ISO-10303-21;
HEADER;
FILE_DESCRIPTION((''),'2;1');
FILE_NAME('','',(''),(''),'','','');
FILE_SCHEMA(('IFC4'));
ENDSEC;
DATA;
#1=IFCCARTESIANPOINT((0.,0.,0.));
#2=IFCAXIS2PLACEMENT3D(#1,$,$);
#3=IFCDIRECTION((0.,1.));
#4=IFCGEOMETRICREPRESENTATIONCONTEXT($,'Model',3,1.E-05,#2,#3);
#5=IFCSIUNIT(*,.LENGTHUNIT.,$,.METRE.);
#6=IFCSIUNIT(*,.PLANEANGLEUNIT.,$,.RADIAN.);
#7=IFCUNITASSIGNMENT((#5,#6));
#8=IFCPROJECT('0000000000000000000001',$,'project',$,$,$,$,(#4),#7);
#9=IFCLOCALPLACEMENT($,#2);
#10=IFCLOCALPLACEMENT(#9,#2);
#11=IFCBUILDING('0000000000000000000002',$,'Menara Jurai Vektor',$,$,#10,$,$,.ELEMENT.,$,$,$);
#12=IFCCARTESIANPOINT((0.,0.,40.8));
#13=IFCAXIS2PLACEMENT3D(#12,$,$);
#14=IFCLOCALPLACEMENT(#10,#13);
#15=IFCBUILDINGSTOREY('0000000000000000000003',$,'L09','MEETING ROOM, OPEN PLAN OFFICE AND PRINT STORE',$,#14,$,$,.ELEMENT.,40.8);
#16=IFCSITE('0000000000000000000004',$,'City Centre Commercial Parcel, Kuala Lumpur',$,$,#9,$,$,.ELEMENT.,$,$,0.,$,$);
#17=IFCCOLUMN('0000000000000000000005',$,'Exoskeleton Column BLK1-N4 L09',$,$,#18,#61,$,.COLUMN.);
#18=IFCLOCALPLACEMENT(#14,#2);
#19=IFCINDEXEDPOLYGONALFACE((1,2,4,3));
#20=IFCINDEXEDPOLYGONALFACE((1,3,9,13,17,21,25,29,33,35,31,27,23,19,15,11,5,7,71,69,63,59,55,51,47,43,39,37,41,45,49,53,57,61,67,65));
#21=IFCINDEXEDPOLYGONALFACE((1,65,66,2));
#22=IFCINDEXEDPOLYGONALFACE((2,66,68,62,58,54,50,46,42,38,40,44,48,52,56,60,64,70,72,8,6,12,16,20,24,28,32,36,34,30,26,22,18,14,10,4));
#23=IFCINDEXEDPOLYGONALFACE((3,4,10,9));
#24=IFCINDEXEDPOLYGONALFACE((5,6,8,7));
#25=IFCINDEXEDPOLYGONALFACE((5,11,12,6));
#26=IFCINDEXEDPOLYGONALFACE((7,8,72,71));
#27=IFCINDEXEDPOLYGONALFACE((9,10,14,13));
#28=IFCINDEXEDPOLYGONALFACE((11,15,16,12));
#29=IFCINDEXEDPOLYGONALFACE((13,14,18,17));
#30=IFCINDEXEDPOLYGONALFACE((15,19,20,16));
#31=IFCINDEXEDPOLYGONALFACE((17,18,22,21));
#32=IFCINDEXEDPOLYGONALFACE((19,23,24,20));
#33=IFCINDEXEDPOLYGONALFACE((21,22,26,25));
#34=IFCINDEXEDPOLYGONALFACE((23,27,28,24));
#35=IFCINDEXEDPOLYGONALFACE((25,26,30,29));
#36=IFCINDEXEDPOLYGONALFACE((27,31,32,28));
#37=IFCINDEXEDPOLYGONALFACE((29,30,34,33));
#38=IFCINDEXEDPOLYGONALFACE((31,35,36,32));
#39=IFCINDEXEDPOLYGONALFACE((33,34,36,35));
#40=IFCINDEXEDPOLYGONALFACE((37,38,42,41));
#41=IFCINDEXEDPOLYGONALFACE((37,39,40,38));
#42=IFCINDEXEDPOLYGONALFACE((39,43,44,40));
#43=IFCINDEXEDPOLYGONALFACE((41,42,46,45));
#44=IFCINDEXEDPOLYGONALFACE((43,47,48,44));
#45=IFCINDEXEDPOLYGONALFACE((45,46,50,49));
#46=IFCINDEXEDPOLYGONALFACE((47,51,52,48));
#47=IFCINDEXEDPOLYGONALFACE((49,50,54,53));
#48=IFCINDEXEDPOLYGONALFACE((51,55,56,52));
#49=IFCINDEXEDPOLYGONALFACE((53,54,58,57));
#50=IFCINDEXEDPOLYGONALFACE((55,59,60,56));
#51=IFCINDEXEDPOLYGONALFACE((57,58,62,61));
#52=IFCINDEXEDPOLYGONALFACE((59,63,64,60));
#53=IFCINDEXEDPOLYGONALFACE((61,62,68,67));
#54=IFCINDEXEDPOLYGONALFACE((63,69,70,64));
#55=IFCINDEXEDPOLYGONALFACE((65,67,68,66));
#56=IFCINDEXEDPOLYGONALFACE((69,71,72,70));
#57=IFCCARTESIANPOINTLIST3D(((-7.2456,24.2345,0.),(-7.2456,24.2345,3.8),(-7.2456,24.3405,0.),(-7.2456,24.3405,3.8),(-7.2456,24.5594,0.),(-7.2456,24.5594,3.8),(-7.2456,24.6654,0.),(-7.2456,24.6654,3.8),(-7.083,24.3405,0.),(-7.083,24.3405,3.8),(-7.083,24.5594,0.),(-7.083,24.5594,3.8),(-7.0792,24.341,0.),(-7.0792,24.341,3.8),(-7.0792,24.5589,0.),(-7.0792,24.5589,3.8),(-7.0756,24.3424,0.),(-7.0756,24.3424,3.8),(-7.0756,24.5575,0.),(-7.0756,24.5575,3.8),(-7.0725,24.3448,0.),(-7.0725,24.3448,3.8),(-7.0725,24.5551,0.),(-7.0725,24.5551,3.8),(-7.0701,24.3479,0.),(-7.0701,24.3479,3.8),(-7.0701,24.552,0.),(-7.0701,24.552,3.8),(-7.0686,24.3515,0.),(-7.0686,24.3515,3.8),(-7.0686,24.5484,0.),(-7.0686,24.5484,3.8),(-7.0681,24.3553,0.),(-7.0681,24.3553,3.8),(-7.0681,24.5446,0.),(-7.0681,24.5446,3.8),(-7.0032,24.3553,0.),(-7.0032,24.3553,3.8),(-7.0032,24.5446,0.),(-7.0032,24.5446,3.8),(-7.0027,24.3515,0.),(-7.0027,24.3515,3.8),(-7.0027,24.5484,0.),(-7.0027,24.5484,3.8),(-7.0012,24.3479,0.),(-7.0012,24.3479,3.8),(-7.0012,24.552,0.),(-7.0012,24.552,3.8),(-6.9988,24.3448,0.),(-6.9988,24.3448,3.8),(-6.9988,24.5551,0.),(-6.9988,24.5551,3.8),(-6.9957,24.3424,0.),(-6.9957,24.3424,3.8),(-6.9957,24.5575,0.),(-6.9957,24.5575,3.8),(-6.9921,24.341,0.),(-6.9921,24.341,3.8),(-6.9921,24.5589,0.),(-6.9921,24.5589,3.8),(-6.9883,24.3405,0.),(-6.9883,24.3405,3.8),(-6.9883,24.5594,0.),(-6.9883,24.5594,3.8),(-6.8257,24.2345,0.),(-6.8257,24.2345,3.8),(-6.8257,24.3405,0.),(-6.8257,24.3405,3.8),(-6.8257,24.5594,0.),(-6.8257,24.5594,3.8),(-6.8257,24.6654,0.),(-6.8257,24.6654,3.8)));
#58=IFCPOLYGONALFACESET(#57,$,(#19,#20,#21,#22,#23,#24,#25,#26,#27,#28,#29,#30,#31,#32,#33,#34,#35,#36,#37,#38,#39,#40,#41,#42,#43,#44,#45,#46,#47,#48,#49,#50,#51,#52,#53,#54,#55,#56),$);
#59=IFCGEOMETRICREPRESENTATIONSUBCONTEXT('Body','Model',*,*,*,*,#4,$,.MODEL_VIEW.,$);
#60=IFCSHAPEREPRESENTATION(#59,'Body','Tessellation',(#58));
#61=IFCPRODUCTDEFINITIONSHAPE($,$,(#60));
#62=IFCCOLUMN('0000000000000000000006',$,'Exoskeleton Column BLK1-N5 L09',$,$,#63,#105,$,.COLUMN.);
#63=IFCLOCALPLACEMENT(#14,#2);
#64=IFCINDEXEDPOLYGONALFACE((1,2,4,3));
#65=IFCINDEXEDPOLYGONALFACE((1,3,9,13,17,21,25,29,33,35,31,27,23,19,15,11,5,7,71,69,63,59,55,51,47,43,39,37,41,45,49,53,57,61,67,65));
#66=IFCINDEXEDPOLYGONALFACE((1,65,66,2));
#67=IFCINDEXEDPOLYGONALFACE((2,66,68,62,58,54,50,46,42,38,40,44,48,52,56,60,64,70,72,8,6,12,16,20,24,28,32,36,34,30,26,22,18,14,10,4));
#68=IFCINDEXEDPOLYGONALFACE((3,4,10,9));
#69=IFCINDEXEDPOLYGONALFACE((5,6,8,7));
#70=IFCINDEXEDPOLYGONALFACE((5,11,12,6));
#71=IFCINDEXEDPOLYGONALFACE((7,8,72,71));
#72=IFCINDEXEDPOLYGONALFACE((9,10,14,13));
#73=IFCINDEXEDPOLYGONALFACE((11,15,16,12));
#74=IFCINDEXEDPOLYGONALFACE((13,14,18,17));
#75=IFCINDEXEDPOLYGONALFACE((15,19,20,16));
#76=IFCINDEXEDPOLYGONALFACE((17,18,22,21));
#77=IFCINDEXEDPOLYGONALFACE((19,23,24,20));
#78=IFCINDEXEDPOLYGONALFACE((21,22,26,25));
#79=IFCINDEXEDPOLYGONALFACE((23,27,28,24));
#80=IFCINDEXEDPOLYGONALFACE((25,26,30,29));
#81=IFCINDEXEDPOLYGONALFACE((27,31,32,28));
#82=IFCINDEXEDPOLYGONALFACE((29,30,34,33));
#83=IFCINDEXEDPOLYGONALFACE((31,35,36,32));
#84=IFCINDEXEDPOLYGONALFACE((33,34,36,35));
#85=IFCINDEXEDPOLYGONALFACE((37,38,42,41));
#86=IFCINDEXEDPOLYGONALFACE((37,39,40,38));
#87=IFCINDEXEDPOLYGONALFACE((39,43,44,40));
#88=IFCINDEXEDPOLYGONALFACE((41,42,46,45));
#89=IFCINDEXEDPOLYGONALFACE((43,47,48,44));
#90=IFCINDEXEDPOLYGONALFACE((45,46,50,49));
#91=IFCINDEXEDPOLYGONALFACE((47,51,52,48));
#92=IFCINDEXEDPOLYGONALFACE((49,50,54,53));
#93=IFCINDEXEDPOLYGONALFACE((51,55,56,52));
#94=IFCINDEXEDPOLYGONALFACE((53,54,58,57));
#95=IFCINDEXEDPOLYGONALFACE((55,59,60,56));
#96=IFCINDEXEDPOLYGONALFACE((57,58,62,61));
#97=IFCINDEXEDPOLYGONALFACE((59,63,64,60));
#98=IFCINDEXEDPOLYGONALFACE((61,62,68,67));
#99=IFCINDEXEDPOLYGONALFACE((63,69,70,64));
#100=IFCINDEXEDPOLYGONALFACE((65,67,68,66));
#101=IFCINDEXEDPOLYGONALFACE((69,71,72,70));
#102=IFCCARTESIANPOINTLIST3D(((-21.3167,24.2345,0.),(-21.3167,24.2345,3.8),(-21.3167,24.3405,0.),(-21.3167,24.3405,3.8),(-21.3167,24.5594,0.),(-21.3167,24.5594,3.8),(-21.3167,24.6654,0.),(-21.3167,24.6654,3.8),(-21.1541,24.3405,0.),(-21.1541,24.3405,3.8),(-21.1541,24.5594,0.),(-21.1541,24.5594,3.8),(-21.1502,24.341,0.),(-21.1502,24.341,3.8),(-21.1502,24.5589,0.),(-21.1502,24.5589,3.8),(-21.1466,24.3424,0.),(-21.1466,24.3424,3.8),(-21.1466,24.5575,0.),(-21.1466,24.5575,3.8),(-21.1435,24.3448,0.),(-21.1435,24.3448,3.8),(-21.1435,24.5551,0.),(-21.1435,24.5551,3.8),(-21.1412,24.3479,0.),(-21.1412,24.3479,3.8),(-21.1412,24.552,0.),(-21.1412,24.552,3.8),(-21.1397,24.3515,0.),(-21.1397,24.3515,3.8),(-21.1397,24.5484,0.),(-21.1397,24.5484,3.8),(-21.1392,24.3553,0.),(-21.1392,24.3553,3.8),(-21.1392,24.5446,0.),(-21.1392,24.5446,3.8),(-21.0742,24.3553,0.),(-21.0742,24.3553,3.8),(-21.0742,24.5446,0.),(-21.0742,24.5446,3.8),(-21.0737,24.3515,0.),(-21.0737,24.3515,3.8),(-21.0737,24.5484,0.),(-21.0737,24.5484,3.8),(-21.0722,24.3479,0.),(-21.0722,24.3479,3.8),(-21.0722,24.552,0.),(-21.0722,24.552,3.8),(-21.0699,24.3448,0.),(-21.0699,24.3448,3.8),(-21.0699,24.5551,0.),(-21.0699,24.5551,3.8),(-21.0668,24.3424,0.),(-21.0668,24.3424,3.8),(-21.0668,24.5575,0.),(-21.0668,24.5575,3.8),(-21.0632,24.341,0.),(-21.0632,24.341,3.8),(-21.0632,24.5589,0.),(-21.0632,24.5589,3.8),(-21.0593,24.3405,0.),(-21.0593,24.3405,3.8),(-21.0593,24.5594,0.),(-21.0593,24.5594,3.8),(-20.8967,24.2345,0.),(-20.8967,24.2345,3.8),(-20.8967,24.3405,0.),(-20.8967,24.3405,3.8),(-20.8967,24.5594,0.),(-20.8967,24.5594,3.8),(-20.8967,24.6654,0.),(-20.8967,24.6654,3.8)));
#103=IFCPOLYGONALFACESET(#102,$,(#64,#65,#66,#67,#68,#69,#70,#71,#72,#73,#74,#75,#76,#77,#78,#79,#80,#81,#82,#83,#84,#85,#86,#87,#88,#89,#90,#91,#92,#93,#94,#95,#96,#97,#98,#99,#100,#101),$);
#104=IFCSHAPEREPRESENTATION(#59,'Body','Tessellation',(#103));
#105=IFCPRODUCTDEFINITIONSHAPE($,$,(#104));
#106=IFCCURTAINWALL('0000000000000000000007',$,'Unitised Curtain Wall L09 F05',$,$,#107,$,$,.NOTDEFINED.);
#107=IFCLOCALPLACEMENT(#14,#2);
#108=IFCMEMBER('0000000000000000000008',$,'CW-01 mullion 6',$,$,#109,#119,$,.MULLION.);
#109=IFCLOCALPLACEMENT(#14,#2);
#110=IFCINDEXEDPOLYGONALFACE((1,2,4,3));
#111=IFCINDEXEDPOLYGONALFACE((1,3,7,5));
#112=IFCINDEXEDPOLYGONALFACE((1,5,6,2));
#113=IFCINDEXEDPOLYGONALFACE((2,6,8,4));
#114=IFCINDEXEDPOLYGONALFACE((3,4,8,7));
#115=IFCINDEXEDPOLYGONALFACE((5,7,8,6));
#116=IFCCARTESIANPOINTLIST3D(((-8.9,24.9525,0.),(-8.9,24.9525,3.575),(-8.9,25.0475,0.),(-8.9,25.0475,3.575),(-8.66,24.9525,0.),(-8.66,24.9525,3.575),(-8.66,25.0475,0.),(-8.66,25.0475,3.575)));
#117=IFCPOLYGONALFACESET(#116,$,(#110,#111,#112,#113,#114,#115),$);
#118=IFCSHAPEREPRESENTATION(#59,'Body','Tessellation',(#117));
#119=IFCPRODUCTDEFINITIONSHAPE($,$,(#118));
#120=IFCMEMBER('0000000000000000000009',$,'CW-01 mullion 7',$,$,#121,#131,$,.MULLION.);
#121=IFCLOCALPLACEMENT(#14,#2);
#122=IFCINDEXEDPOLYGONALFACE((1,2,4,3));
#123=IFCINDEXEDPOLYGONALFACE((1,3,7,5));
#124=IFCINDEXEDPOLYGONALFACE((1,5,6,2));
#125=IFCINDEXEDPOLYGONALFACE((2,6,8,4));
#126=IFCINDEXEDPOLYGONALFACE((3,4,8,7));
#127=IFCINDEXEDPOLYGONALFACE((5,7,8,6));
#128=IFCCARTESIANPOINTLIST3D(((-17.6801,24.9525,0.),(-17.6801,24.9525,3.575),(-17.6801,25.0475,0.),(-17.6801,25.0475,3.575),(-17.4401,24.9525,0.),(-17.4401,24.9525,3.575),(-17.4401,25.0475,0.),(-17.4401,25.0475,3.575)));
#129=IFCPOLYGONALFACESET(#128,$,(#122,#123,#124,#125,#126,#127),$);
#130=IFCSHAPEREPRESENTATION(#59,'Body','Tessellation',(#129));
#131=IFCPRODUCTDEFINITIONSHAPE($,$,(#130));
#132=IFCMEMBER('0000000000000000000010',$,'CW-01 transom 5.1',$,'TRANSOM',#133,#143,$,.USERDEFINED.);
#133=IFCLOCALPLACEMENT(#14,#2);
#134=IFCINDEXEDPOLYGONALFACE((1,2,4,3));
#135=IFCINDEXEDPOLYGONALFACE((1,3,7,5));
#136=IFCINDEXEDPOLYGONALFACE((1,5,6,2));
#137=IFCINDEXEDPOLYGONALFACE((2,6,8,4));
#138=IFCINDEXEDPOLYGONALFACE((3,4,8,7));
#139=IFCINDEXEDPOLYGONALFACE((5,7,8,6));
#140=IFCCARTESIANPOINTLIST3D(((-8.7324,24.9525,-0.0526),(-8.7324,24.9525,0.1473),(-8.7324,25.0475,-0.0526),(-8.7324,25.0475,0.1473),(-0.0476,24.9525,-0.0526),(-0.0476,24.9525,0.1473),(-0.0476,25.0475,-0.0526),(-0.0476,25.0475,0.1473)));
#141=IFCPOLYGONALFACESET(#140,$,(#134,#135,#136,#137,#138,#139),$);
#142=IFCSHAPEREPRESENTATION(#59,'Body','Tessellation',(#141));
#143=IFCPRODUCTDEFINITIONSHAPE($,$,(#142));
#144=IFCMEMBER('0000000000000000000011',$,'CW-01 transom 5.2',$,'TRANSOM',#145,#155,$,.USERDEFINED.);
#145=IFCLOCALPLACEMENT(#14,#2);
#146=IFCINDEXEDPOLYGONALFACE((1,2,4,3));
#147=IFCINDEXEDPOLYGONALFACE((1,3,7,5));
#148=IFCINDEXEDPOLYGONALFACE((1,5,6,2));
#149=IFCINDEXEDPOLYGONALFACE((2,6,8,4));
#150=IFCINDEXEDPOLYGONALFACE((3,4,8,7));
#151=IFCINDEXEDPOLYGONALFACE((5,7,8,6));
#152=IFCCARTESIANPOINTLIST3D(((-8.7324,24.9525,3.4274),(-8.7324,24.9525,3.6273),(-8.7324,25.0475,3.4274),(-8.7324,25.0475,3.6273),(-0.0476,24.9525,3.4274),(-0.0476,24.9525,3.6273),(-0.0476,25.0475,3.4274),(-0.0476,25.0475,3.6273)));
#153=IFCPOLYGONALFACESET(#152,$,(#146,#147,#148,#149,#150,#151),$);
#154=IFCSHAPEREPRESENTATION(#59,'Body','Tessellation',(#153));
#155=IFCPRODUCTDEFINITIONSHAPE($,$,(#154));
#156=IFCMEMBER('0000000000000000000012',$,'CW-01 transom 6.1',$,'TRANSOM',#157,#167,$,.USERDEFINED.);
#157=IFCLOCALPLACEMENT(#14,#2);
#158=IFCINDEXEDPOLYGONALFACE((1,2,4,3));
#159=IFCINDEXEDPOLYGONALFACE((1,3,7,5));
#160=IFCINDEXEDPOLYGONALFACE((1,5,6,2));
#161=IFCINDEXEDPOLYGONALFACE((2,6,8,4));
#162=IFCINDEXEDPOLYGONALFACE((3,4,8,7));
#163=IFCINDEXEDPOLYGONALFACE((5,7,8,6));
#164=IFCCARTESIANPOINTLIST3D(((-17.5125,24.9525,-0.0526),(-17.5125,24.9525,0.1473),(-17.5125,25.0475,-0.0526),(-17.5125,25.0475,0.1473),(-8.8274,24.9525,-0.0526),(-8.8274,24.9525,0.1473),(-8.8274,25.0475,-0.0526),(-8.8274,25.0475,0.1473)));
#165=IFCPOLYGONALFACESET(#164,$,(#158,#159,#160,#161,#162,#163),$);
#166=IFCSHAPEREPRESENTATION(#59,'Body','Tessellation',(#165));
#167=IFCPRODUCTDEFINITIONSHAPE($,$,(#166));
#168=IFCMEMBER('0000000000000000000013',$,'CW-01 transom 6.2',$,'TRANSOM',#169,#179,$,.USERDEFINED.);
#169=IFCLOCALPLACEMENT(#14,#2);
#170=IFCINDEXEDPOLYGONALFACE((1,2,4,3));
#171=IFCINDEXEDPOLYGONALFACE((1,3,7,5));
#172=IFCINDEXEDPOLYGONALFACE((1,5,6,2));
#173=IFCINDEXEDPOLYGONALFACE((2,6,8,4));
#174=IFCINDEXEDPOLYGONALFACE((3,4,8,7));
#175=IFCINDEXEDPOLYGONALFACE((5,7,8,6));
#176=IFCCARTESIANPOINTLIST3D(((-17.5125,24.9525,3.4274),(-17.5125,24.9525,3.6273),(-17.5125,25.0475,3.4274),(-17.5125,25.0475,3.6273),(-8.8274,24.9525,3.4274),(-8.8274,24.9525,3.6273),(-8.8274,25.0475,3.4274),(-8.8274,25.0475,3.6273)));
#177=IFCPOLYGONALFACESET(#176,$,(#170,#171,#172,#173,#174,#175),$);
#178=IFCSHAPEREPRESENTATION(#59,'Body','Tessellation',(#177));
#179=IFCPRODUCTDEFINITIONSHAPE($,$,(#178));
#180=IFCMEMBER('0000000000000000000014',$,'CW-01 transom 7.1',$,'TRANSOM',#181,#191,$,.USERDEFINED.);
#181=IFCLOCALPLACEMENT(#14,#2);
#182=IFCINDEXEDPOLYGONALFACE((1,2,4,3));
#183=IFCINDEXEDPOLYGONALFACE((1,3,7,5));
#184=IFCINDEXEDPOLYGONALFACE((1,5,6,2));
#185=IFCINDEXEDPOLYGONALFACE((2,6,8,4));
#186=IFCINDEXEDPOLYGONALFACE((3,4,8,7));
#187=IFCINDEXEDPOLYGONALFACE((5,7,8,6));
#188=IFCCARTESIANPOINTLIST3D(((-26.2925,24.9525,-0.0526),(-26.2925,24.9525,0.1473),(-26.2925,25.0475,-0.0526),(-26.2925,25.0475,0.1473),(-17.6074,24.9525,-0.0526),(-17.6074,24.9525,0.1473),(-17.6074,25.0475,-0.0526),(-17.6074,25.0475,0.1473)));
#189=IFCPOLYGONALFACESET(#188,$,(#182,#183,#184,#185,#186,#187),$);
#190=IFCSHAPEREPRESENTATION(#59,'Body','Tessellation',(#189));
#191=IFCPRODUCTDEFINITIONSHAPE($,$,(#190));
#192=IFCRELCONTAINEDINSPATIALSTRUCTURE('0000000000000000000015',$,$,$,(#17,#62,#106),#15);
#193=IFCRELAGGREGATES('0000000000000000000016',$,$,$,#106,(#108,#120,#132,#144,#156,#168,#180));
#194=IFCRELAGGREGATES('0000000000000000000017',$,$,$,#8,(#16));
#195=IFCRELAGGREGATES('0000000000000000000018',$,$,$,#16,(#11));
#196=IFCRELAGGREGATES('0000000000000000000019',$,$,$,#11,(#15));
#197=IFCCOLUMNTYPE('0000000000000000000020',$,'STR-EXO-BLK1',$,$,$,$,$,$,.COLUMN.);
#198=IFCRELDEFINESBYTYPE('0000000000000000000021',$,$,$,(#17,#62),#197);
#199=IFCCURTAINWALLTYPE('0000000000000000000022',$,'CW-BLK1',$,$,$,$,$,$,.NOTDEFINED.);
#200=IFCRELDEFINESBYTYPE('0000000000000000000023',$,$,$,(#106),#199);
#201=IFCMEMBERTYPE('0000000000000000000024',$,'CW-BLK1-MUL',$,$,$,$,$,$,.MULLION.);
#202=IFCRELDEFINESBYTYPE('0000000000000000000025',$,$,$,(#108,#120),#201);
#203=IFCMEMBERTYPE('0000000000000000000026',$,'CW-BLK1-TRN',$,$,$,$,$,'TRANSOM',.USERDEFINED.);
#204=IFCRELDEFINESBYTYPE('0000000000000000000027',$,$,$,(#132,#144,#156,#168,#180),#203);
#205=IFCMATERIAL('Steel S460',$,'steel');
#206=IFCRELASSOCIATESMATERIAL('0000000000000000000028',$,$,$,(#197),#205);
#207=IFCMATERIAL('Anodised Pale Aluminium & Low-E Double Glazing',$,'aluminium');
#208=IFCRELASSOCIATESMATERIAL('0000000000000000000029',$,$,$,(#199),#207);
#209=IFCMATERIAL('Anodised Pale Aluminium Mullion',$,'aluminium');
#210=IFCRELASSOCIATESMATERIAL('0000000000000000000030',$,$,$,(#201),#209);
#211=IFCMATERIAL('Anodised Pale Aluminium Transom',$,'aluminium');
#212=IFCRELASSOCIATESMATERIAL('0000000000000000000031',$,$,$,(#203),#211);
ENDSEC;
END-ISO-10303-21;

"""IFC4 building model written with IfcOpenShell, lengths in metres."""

from ifc_helpers import new_model, si_unit, direction, frame, origin, origin_2d, place, context, subcontext, project, spatial, rectangle, i_section, extrude, material, material_profile, profile_set, type_object, element, aggregate, save


model = new_model("IFC4")

# Units and contexts
model_context = context("Model", 3, precision=1e-05, world=origin(), true_north=direction((0.0, 1.0)))
body_context = subcontext(model_context, "Body", "Model", "MODEL_VIEW")
ifc_project = project(units=[si_unit("LENGTHUNIT", "METRE"), si_unit("PLANEANGLEUNIT", "RADIAN")], contexts=[model_context])

# Site, building, storey
site_placement = place(None, origin())
site = spatial("IfcSite", under=ifc_project, at=site_placement, Name="City Centre Commercial Parcel, Kuala Lumpur", CompositionType="ELEMENT", RefElevation=0.0)
building_placement = place(site_placement, origin())
building = spatial("IfcBuilding", under=site, at=building_placement, Name="Menara Jurai Vektor", CompositionType="ELEMENT")
storey_placement = place(building_placement, frame((0.0, 0.0, 40.8)))
storey = spatial("IfcBuildingStorey", under=building, at=storey_placement, Name="L09", Description="MEETING ROOM, OPEN PLAN OFFICE AND PRINT STORE", CompositionType="ELEMENT", Elevation=40.8)

# Columns
ifc_material_1 = material(Name="Steel S460", Category="steel")
ifc_material_profile_1 = material_profile(ifc_material_1, i_section(OverallWidth=0.4199, OverallDepth=0.4309, WebThickness=0.0649, FlangeThickness=0.106, FilletRadius=0.0149, at=origin_2d()), Name="HD 400x900")
ifc_profile_set_1 = profile_set([ifc_material_profile_1], Name="Steel S460")
column_type = type_object("IfcColumnType", Name="STR-EXO-BLK1", PredefinedType="COLUMN", material=ifc_profile_set_1)
for number, where, z_axis, x_axis, name in (
    (1, (-7.0356, 24.45, 0.0), (0.0, 0.0, 1.0), (1.0, 0.0, 0.0), "Exoskeleton Column BLK1-N4 L09"),
    (2, (-21.1067, 24.45, 0.0), (0.0, 0.0, 1.0), (1.0, 0.0, 0.0), "Exoskeleton Column BLK1-N5 L09"),
):
    element("IfcColumn", number, at=place(storey_placement, frame(where, z_axis=z_axis, x_axis=x_axis)), inside=storey, type_object=column_type, Name=name, PredefinedType="COLUMN", context=body_context, shape_type="SweptSolid", body=[
        extrude(i_section(OverallWidth=0.4199, OverallDepth=0.4309, WebThickness=0.0649, FlangeThickness=0.106, FilletRadius=0.0149, at=origin_2d()), origin(), (0.0, 0.0, 1.0), 3.8),
    ])

# Curtain wall, members
ifc_material_2 = material(Name="Anodised Pale Aluminium & Low-E Double Glazing", Category="aluminium")
curtain_wall_type = type_object("IfcCurtainWallType", Name="CW-BLK1", PredefinedType="NOTDEFINED", material=ifc_material_2)
curtain_wall_placement = place(storey_placement, origin())
curtain_wall = element("IfcCurtainWall", 3, at=curtain_wall_placement, inside=storey, type_object=curtain_wall_type, Name="Unitised Curtain Wall L09 F05", PredefinedType="NOTDEFINED")
ifc_material_3 = material(Name="Anodised Pale Aluminium Mullion", Category="aluminium")
ifc_material_profile_2 = material_profile(ifc_material_3, rectangle(XDim=0.095, YDim=0.24, at=origin_2d()), Name="ALU MUL 95x240")
ifc_profile_set_2 = profile_set([ifc_material_profile_2], Name="Anodised Pale Aluminium Mullion")
member_type_1 = type_object("IfcMemberType", Name="CW-BLK1-MUL", PredefinedType="MULLION", material=ifc_profile_set_2)
member_1_placement = place(storey_placement, frame((-8.78, 25.0, 0.0), z_axis=(0.0, 0.0, 1.0), x_axis=(0.0, -1.0, 0.0)))
member_1 = element("IfcMember", 4, at=member_1_placement, type_object=member_type_1, Name="CW-01 mullion 6", PredefinedType="MULLION", context=body_context, shape_type="SweptSolid", body=[
    extrude(rectangle(XDim=0.095, YDim=0.24, at=origin_2d()), origin(), (0.0, 0.0, 1.0), 3.575),
])
member_2_placement = place(storey_placement, frame((-17.5601, 25.0, 0.0), z_axis=(0.0, 0.0, 1.0), x_axis=(0.0, -1.0, 0.0)))
member_2 = element("IfcMember", 5, at=member_2_placement, type_object=member_type_1, Name="CW-01 mullion 7", PredefinedType="MULLION", context=body_context, shape_type="SweptSolid", body=[
    extrude(rectangle(XDim=0.095, YDim=0.24, at=origin_2d()), origin(), (0.0, 0.0, 1.0), 3.575),
])
ifc_material_4 = material(Name="Anodised Pale Aluminium Transom", Category="aluminium")
ifc_material_profile_3 = material_profile(ifc_material_4, rectangle(XDim=0.095, YDim=0.2, at=origin_2d()), Name="ALU TRN 95x200")
ifc_profile_set_3 = profile_set([ifc_material_profile_3], Name="Anodised Pale Aluminium Transom")
member_type_2 = type_object("IfcMemberType", Name="CW-BLK1-TRN", ElementType="TRANSOM", PredefinedType="USERDEFINED", material=ifc_profile_set_3)
member_3_placement = place(storey_placement, frame((-0.0476, 25.0, 0.0474), z_axis=(-1.0, 0.0, 0.0), x_axis=(0.0, -1.0, 0.0)))
member_3 = element("IfcMember", 6, at=member_3_placement, type_object=member_type_2, Name="CW-01 transom 5.1", ObjectType="TRANSOM", PredefinedType="USERDEFINED", context=body_context, shape_type="SweptSolid", body=[
    extrude(rectangle(XDim=0.095, YDim=0.2, at=origin_2d()), origin(), (0.0, 0.0, 1.0), 8.6848),
])
member_4_placement = place(storey_placement, frame((-0.0476, 25.0, 3.5273), z_axis=(-1.0, 0.0, 0.0), x_axis=(0.0, -1.0, 0.0)))
member_4 = element("IfcMember", 7, at=member_4_placement, type_object=member_type_2, Name="CW-01 transom 5.2", ObjectType="TRANSOM", PredefinedType="USERDEFINED", context=body_context, shape_type="SweptSolid", body=[
    extrude(rectangle(XDim=0.095, YDim=0.2, at=origin_2d()), origin(), (0.0, 0.0, 1.0), 8.6848),
])
member_5_placement = place(storey_placement, frame((-8.8274, 25.0, 0.0474), z_axis=(-1.0, 0.0, 0.0), x_axis=(0.0, -1.0, 0.0)))
member_5 = element("IfcMember", 8, at=member_5_placement, type_object=member_type_2, Name="CW-01 transom 6.1", ObjectType="TRANSOM", PredefinedType="USERDEFINED", context=body_context, shape_type="SweptSolid", body=[
    extrude(rectangle(XDim=0.095, YDim=0.2, at=origin_2d()), origin(), (0.0, 0.0, 1.0), 8.6851),
])
member_6_placement = place(storey_placement, frame((-8.8274, 25.0, 3.5273), z_axis=(-1.0, 0.0, 0.0), x_axis=(0.0, -1.0, 0.0)))
member_6 = element("IfcMember", 9, at=member_6_placement, type_object=member_type_2, Name="CW-01 transom 6.2", ObjectType="TRANSOM", PredefinedType="USERDEFINED", context=body_context, shape_type="SweptSolid", body=[
    extrude(rectangle(XDim=0.095, YDim=0.2, at=origin_2d()), origin(), (0.0, 0.0, 1.0), 8.6851),
])
member_7_placement = place(storey_placement, frame((-17.6074, 25.0, 0.0474), z_axis=(-1.0, 0.0, 0.0), x_axis=(0.0, -1.0, 0.0)))
member_7 = element("IfcMember", 10, at=member_7_placement, type_object=member_type_2, Name="CW-01 transom 7.1", ObjectType="TRANSOM", PredefinedType="USERDEFINED", context=body_context, shape_type="SweptSolid", body=[
    extrude(rectangle(XDim=0.095, YDim=0.2, at=origin_2d()), origin(), (0.0, 0.0, 1.0), 8.6851),
])

aggregate(curtain_wall, [member_1, member_2, member_3, member_4, member_5, member_6, member_7])

save(model, "model.ifc")
